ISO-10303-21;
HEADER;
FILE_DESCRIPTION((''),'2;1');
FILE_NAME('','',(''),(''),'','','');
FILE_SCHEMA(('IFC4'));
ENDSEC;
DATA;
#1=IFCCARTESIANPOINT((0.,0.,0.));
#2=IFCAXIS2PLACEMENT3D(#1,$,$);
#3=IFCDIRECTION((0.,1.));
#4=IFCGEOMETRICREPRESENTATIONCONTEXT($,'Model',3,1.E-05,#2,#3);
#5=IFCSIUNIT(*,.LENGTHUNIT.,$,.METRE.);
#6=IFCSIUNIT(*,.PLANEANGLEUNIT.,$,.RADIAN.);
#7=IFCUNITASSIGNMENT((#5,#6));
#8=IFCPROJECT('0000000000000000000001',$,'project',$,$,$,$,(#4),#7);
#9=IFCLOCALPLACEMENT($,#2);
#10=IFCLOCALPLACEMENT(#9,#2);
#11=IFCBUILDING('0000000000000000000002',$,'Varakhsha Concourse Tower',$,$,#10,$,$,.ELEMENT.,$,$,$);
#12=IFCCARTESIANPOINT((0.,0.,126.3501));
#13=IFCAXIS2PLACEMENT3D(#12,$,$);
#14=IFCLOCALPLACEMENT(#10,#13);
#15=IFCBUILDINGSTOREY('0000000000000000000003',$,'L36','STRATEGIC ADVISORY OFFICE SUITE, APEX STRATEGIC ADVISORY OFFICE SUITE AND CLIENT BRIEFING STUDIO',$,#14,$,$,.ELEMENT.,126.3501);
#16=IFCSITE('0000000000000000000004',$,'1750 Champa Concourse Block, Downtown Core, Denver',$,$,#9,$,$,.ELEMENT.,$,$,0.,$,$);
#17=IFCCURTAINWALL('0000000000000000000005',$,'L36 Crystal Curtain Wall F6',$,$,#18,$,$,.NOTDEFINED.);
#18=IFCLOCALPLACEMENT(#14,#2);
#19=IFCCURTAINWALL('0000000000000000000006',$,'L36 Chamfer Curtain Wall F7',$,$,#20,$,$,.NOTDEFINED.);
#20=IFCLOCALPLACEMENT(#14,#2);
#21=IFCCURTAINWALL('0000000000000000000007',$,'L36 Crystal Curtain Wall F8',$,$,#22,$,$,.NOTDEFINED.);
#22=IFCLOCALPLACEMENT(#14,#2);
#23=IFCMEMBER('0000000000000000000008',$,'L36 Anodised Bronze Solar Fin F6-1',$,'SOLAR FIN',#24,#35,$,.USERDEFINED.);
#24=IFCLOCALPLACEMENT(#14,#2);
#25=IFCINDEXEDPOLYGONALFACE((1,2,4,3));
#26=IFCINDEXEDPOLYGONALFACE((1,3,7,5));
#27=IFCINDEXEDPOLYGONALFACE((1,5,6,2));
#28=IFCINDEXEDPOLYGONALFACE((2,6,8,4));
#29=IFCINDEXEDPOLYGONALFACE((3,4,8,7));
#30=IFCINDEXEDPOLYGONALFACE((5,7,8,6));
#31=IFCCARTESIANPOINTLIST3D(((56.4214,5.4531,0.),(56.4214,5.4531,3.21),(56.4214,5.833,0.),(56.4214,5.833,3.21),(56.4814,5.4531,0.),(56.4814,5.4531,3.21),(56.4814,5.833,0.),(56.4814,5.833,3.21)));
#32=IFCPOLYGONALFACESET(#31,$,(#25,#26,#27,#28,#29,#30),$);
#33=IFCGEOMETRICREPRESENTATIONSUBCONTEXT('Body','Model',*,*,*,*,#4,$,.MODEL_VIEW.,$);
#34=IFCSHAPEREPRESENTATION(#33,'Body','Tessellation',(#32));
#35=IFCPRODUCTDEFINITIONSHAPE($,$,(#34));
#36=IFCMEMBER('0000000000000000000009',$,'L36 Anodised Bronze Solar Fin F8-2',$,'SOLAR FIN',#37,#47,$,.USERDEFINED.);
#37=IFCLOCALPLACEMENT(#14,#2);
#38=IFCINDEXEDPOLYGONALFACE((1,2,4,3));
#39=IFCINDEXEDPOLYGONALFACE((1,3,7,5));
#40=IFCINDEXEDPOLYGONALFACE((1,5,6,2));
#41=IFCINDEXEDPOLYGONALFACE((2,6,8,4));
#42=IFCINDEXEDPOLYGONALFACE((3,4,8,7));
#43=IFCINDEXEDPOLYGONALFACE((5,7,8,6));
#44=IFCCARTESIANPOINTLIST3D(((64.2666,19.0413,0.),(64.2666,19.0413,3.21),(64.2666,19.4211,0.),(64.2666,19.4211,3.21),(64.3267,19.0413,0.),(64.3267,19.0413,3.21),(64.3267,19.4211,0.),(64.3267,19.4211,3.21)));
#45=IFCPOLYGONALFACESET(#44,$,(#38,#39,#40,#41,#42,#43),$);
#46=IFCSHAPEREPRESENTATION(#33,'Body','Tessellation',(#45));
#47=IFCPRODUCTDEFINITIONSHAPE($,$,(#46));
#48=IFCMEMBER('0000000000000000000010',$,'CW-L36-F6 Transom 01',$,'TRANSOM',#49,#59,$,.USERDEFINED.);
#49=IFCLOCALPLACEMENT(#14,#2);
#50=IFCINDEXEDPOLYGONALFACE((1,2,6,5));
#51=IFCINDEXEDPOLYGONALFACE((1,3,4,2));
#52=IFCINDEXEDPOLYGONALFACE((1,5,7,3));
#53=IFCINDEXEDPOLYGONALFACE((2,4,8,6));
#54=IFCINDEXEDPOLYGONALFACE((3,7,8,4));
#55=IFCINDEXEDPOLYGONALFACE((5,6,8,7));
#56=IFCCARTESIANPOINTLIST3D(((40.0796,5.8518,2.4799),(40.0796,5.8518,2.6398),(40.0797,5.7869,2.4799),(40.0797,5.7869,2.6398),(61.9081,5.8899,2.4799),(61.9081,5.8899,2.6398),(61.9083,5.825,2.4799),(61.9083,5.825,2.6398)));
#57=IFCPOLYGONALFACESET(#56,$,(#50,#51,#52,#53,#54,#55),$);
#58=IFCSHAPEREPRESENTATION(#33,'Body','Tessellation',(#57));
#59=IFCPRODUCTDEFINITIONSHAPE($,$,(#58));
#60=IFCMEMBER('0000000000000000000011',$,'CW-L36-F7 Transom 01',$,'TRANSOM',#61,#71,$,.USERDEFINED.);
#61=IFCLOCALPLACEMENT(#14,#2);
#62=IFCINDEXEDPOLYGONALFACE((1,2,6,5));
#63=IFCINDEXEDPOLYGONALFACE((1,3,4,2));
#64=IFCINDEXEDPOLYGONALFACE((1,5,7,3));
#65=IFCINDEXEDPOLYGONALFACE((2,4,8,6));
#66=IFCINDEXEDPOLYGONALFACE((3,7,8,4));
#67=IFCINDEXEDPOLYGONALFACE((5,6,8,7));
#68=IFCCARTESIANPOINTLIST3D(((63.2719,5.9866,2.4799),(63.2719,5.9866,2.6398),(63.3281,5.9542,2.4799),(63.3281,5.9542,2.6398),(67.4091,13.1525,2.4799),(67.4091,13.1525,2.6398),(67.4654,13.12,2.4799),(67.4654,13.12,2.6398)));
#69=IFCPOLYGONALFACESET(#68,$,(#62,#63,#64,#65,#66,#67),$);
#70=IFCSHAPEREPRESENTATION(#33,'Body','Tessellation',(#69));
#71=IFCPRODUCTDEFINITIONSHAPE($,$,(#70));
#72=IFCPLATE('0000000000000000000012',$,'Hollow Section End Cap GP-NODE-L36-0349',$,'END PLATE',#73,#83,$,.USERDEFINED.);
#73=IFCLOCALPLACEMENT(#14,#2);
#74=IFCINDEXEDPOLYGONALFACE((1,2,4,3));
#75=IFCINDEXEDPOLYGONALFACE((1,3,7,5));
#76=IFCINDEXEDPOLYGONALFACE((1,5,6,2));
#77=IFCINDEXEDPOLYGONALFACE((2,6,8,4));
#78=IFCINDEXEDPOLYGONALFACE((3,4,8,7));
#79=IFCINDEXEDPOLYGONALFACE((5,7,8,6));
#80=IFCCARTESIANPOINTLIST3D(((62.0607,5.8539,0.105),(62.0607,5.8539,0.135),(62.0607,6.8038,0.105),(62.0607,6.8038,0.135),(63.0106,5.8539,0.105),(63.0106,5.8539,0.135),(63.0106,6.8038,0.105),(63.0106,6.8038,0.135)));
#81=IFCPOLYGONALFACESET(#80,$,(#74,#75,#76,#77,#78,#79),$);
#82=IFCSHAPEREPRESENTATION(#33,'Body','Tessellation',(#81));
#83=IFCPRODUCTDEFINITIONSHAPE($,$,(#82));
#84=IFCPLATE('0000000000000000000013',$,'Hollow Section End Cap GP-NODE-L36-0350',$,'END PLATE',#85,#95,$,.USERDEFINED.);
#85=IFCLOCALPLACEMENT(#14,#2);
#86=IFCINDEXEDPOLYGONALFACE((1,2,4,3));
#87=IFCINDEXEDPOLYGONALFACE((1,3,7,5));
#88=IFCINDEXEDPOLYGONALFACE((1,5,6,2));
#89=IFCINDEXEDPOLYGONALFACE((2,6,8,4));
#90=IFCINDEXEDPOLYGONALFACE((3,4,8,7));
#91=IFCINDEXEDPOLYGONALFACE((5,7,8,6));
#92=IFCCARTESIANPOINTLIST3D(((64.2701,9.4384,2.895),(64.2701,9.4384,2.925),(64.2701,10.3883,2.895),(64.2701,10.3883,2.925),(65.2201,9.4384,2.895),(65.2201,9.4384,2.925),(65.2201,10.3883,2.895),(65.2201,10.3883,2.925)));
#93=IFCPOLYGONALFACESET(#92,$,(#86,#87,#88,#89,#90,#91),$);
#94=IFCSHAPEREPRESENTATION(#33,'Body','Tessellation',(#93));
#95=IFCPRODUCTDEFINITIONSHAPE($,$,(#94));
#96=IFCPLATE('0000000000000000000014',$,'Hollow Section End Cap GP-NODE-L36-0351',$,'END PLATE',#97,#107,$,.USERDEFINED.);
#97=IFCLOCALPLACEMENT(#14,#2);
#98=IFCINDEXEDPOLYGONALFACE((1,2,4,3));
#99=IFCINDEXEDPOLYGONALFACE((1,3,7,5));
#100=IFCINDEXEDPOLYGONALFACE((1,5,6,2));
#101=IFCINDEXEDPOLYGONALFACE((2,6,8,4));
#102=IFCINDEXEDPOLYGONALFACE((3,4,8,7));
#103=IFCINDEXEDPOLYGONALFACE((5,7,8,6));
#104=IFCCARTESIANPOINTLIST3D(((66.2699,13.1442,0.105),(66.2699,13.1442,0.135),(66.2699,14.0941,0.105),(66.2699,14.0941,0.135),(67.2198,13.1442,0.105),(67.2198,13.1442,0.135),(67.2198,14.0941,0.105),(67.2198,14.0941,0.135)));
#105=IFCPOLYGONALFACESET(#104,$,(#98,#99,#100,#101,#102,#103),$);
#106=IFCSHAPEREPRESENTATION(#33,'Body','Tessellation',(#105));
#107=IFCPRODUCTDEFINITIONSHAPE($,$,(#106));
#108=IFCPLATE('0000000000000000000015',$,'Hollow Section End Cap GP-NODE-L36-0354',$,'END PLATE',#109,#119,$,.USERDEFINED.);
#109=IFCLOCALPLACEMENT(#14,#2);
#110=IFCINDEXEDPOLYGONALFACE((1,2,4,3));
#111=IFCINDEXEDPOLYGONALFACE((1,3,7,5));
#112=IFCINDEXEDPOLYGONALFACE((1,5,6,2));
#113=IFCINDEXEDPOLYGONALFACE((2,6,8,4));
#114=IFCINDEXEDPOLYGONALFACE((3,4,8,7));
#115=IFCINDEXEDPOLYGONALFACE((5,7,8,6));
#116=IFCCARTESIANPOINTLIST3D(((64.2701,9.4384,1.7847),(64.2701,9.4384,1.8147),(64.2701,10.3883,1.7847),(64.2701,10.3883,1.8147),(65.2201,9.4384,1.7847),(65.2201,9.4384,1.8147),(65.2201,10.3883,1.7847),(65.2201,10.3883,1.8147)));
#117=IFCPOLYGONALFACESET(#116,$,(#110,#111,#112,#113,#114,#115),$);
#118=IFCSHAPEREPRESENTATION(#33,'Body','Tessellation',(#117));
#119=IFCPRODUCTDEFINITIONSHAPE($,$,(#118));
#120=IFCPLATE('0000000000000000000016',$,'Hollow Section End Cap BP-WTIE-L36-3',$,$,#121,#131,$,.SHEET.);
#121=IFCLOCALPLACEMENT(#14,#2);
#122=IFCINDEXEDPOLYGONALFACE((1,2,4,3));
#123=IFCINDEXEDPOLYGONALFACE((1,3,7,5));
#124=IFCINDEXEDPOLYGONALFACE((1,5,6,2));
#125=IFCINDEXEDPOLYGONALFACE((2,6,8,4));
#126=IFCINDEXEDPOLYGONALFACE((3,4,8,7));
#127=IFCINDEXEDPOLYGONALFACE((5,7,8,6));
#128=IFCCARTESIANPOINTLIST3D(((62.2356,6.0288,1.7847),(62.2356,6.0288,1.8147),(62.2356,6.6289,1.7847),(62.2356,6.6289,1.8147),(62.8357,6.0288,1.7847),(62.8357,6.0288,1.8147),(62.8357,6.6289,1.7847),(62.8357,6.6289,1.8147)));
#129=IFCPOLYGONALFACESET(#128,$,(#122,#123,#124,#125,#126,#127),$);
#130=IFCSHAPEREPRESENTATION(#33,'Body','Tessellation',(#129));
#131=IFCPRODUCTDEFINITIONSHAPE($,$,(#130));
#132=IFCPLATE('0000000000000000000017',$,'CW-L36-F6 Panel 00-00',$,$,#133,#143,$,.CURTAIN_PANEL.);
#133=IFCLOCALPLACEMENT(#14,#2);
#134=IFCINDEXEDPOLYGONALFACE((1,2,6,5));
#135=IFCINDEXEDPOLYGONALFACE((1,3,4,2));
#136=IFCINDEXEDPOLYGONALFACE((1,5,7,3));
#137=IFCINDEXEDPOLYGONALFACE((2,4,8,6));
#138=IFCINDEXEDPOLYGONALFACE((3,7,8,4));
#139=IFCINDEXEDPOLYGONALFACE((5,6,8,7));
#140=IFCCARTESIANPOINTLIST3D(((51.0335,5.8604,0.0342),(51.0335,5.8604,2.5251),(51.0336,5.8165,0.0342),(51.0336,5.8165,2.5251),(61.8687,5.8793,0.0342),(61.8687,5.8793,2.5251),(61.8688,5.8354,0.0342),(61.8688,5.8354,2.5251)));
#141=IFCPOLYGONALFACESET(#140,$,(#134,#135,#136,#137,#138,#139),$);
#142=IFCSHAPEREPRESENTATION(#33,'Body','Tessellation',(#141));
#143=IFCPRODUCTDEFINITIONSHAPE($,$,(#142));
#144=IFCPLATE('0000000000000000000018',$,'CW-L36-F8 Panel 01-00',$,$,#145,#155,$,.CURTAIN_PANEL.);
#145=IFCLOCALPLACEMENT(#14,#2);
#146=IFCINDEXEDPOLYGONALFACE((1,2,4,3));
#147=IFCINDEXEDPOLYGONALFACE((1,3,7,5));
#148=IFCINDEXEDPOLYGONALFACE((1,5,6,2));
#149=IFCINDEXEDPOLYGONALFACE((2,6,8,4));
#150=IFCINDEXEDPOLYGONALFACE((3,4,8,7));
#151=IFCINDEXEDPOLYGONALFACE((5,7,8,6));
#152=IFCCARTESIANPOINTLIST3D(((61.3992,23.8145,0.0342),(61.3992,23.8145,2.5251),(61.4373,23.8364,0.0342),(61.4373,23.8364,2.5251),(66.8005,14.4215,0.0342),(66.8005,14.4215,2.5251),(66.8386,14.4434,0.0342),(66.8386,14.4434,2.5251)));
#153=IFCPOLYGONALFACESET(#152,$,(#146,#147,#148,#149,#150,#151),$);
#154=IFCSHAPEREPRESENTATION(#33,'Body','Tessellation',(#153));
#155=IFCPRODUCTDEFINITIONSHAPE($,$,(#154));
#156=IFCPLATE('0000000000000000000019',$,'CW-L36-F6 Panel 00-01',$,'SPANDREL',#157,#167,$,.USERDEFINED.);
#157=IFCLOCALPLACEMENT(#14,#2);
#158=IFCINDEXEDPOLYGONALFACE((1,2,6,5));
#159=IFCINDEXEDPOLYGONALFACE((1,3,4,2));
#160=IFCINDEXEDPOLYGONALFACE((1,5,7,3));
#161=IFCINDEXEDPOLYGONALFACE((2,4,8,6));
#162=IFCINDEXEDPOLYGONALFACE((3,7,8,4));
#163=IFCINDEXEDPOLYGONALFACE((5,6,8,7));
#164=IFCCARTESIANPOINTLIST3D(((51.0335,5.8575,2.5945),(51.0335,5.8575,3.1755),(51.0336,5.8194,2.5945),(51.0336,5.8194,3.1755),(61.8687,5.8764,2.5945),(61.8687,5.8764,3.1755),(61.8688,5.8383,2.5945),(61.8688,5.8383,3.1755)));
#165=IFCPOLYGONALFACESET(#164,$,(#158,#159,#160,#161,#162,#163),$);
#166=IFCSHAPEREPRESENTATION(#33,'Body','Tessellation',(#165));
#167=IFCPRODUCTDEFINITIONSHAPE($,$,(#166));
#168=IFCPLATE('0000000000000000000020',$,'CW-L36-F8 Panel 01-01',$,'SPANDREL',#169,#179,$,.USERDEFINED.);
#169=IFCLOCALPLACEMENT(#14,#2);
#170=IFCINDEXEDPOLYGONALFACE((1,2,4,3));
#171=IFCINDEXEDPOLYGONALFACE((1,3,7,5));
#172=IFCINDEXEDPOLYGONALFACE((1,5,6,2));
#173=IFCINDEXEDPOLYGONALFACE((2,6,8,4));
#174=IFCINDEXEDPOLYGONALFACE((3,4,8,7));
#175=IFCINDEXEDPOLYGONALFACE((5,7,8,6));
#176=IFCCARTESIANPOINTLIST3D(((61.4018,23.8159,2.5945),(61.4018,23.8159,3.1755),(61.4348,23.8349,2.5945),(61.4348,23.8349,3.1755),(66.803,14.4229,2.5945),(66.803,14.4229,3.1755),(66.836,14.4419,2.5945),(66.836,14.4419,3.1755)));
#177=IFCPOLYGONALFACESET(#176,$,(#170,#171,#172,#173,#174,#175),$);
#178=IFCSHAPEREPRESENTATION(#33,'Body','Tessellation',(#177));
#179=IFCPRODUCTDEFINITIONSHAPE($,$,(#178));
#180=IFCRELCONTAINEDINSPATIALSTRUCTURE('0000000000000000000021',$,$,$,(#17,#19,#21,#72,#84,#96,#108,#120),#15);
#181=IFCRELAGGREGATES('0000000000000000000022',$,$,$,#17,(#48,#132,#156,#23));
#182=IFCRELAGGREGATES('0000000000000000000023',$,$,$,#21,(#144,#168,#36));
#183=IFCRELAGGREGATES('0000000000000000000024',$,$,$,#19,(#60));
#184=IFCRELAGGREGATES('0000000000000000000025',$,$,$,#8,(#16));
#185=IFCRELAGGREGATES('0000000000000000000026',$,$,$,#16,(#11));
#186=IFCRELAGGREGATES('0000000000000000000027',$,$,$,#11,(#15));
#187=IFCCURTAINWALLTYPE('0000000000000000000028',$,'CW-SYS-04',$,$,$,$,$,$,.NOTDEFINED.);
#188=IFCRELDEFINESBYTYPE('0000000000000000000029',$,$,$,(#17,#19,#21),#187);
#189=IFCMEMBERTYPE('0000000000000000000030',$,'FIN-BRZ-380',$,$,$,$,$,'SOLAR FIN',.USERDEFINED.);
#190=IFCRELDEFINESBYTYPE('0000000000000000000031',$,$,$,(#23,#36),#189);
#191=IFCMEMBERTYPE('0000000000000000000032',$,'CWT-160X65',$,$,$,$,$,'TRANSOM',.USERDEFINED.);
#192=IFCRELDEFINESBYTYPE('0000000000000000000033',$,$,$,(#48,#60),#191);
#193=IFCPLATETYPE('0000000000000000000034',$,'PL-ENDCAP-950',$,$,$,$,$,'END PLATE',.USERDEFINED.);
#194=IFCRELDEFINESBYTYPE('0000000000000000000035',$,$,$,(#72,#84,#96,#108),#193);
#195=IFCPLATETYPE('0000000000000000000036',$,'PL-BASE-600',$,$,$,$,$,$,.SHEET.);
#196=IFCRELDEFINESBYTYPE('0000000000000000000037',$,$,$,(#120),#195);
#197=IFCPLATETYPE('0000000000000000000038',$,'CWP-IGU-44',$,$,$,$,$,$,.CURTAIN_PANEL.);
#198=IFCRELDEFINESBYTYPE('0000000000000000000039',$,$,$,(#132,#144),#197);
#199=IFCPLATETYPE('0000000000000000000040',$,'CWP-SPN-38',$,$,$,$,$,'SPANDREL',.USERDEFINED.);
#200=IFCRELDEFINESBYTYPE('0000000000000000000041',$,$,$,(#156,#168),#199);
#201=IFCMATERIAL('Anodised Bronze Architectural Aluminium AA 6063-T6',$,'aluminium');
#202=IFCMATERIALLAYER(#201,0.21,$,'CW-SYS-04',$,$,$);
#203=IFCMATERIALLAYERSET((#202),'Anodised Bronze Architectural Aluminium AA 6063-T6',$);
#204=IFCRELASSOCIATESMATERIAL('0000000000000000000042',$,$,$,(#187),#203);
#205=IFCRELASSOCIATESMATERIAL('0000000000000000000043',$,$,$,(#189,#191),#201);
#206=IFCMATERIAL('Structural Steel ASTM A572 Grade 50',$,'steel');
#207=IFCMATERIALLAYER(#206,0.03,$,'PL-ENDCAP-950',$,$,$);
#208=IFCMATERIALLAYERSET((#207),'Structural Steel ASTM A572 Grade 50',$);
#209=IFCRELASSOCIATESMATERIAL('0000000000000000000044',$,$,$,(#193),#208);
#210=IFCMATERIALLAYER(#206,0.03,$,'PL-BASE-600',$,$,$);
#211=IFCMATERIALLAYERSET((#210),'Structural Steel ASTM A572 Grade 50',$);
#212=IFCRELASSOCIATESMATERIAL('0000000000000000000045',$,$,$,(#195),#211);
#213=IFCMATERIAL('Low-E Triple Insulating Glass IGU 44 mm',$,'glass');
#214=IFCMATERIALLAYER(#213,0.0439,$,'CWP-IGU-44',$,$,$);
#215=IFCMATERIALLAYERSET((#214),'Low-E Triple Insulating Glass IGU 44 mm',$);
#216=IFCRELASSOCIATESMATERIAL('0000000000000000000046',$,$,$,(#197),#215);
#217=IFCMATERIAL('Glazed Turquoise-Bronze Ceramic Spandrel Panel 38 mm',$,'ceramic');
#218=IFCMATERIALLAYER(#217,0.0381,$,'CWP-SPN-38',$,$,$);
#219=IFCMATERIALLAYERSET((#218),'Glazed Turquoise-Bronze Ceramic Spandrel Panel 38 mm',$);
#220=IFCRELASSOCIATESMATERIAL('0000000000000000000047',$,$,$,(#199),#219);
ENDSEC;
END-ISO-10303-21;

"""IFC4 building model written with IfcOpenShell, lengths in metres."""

from ifc_helpers import new_model, si_unit, direction, frame, origin, origin_2d, place, context, subcontext, project, spatial, rectangle, extrude, source, transform, mapped, material, layer, layer_set, material_profile, profile_set, type_object, type_shapes, element, aggregate, save


model = new_model("IFC4")

# Units and contexts
model_context = context("Model", 3, precision=1e-05, world=origin(), true_north=direction((0.0, 1.0)))
body_context = subcontext(model_context, "Body", "Model", "MODEL_VIEW")
ifc_project = project(units=[si_unit("LENGTHUNIT", "METRE"), si_unit("PLANEANGLEUNIT", "RADIAN")], contexts=[model_context])

# Site, building, storey
site_placement = place(None, origin())
site = spatial("IfcSite", under=ifc_project, at=site_placement, Name="1750 Champa Concourse Block, Downtown Core, Denver", CompositionType="ELEMENT", RefElevation=0.0)
building_placement = place(site_placement, origin())
building = spatial("IfcBuilding", under=site, at=building_placement, Name="Varakhsha Concourse Tower", CompositionType="ELEMENT")
storey_placement = place(building_placement, frame((0.0, 0.0, 126.3501)))
storey = spatial("IfcBuildingStorey", under=building, at=storey_placement, Name="L36", Description="STRATEGIC ADVISORY OFFICE SUITE, APEX STRATEGIC ADVISORY OFFICE SUITE AND CLIENT BRIEFING STUDIO", CompositionType="ELEMENT", Elevation=126.3501)

# Shared definitions
ifc_material_1 = material(Name="Structural Steel ASTM A572 Grade 50", Category="steel")

# Curtain wall
ifc_material_2 = material(Name="Anodised Bronze Architectural Aluminium AA 6063-T6", Category="aluminium")
ifc_layer_1 = layer(ifc_material_2, 0.21, Name="CW-SYS-04")
ifc_layer_set_1 = layer_set([ifc_layer_1], Name="Anodised Bronze Architectural Aluminium AA 6063-T6")
curtain_wall_type = type_object("IfcCurtainWallType", Name="CW-SYS-04", PredefinedType="NOTDEFINED", material=ifc_layer_set_1)
curtain_wall_1_placement = place(storey_placement, origin())
curtain_wall_1 = element("IfcCurtainWall", 1, at=curtain_wall_1_placement, inside=storey, type_object=curtain_wall_type, Name="L36 Crystal Curtain Wall F6", PredefinedType="NOTDEFINED")

# Curtain wall
curtain_wall_2_placement = place(storey_placement, origin())
curtain_wall_2 = element("IfcCurtainWall", 2, at=curtain_wall_2_placement, inside=storey, type_object=curtain_wall_type, Name="L36 Chamfer Curtain Wall F7", PredefinedType="NOTDEFINED")

# Curtain wall
curtain_wall_3_placement = place(storey_placement, origin())
curtain_wall_3 = element("IfcCurtainWall", 3, at=curtain_wall_3_placement, inside=storey, type_object=curtain_wall_type, Name="L36 Crystal Curtain Wall F8", PredefinedType="NOTDEFINED")

# Members
ifc_material_profile_1 = material_profile(ifc_material_2, rectangle(XDim=0.0601, YDim=0.3799, at=origin_2d()), Name="FIN-BRZ-380")
ifc_profile_set_1 = profile_set([ifc_material_profile_1], Name="Anodised Bronze Architectural Aluminium AA 6063-T6")
member_type_1 = type_object("IfcMemberType", Name="FIN-BRZ-380", ElementType="SOLAR FIN", PredefinedType="USERDEFINED", material=ifc_profile_set_1)
shared_shape_1 = source(origin(), body_context, "Body", "SweptSolid", [
    extrude(rectangle(XDim=0.0601, YDim=0.3799, at=origin_2d()), origin(), (0.0, 0.0, 1.0), 3.21),
])
type_shapes(member_type_1, [shared_shape_1])
member_1_placement = place(storey_placement, frame((56.4514, 5.6431, 0.0), z_axis=(0.0, 0.0, 1.0), x_axis=(1.0, 0.0, 0.0)))
member_1 = element("IfcMember", 4, at=member_1_placement, type_object=member_type_1, Name="L36 Anodised Bronze Solar Fin F6-1", ObjectType="SOLAR FIN", PredefinedType="USERDEFINED", context=body_context, shape_type="MappedRepresentation", body=[
    mapped(shared_shape_1, transform((0.0, 0.0, 0.0), scale=1.0)),
])
member_2_placement = place(storey_placement, frame((64.2966, 19.2312, 0.0), z_axis=(0.0, 0.0, 1.0), x_axis=(1.0, 0.0, 0.0)))
member_2 = element("IfcMember", 5, at=member_2_placement, type_object=member_type_1, Name="L36 Anodised Bronze Solar Fin F8-2", ObjectType="SOLAR FIN", PredefinedType="USERDEFINED", context=body_context, shape_type="MappedRepresentation", body=[
    mapped(shared_shape_1, transform((0.0, 0.0, 0.0), scale=1.0)),
])
ifc_material_profile_2 = material_profile(ifc_material_2, rectangle(XDim=0.0649, YDim=0.1599, at=origin_2d()), Name="CWT-160X65")
ifc_profile_set_2 = profile_set([ifc_material_profile_2], Name="Anodised Bronze Architectural Aluminium AA 6063-T6")
member_type_2 = type_object("IfcMemberType", Name="CWT-160X65", ElementType="TRANSOM", PredefinedType="USERDEFINED", material=ifc_profile_set_2)
shared_shape_2 = source(origin(), body_context, "Body", "SweptSolid", [
    extrude(rectangle(XDim=0.0649, YDim=0.1599, at=origin_2d()), origin(), (0.0, 0.0, 1.0), 21.8286),
])
member_3_placement = place(storey_placement, frame((61.9082, 5.8574, 2.5598), z_axis=(-0.999998, -0.001745, 0.0), x_axis=(0.001745, -0.999998, 0.0)))
member_3 = element("IfcMember", 6, at=member_3_placement, type_object=member_type_2, Name="CW-L36-F6 Transom 01", ObjectType="TRANSOM", PredefinedType="USERDEFINED", context=body_context, shape_type="MappedRepresentation", body=[
    mapped(shared_shape_2, transform((0.0, 0.0, 0.0), scale=1.0)),
])
shared_shape_3 = source(origin(), body_context, "Body", "SweptSolid", [
    extrude(rectangle(XDim=0.0649, YDim=0.1599, at=origin_2d()), origin(), (0.0, 0.0, 1.0), 8.2744),
])
type_shapes(member_type_2, [shared_shape_2, shared_shape_3])
member_4_placement = place(storey_placement, frame((67.4373, 13.1362, 2.5598), z_axis=(-0.500004, -0.866023, 0.0), x_axis=(0.866023, -0.500004, 0.0)))
member_4 = element("IfcMember", 7, at=member_4_placement, type_object=member_type_2, Name="CW-L36-F7 Transom 01", ObjectType="TRANSOM", PredefinedType="USERDEFINED", context=body_context, shape_type="MappedRepresentation", body=[
    mapped(shared_shape_3, transform((0.0, 0.0, 0.0), scale=1.0)),
])

# Plates
ifc_layer_2 = layer(ifc_material_1, 0.03, Name="PL-ENDCAP-950")
ifc_layer_set_2 = layer_set([ifc_layer_2], Name="Structural Steel ASTM A572 Grade 50")
plate_type_1 = type_object("IfcPlateType", Name="PL-ENDCAP-950", ElementType="END PLATE", PredefinedType="USERDEFINED", material=ifc_layer_set_2)
shared_shape_4 = source(origin(), body_context, "Body", "SweptSolid", [
    extrude(rectangle(XDim=0.95, YDim=0.95, at=origin_2d()), origin(), (0.0, 0.0, 1.0), 0.03),
])
type_shapes(plate_type_1, [shared_shape_4])
for number, where, z_axis, x_axis, name in (
    (8, (62.5356, 6.3289, 0.105), (0.0, 0.0, 1.0), (1.0, 0.0, 0.0), "Hollow Section End Cap GP-NODE-L36-0349"),
    (9, (64.7451, 9.9133, 2.895), (0.0, 0.0, 1.0), (1.0, 0.0, 0.0), "Hollow Section End Cap GP-NODE-L36-0350"),
    (10, (66.7449, 13.6191, 0.105), (0.0, 0.0, 1.0), (1.0, 0.0, 0.0), "Hollow Section End Cap GP-NODE-L36-0351"),
    (11, (64.7451, 9.9133, 1.7847), (0.0, 0.0, 1.0), (1.0, 0.0, 0.0), "Hollow Section End Cap GP-NODE-L36-0354"),
):
    element("IfcPlate", number, at=place(storey_placement, frame(where, z_axis=z_axis, x_axis=x_axis)), inside=storey, type_object=plate_type_1, Name=name, ObjectType="END PLATE", PredefinedType="USERDEFINED", context=body_context, shape_type="MappedRepresentation", body=[
        mapped(shared_shape_4, transform((0.0, 0.0, 0.0), scale=1.0)),
    ])
ifc_layer_3 = layer(ifc_material_1, 0.03, Name="PL-BASE-600")
ifc_layer_set_3 = layer_set([ifc_layer_3], Name="Structural Steel ASTM A572 Grade 50")
plate_type_2 = type_object("IfcPlateType", Name="PL-BASE-600", PredefinedType="SHEET", material=ifc_layer_set_3)
shared_shape_5 = source(origin(), body_context, "Body", "SweptSolid", [
    extrude(rectangle(XDim=0.6001, YDim=0.6001, at=origin_2d()), origin(), (0.0, 0.0, 1.0), 0.03),
])
type_shapes(plate_type_2, [shared_shape_5])
plate_1_placement = place(storey_placement, frame((62.5356, 6.3289, 1.7847), z_axis=(0.0, 0.0, 1.0), x_axis=(1.0, 0.0, 0.0)))
element("IfcPlate", 12, at=plate_1_placement, inside=storey, type_object=plate_type_2, Name="Hollow Section End Cap BP-WTIE-L36-3", PredefinedType="SHEET", context=body_context, shape_type="MappedRepresentation", body=[
    mapped(shared_shape_5, transform((0.0, 0.0, 0.0), scale=1.0)),
])

# Plates
ifc_material_3 = material(Name="Low-E Triple Insulating Glass IGU 44 mm", Category="glass")
ifc_layer_4 = layer(ifc_material_3, 0.0439, Name="CWP-IGU-44")
ifc_layer_set_4 = layer_set([ifc_layer_4], Name="Low-E Triple Insulating Glass IGU 44 mm")
plate_type_3 = type_object("IfcPlateType", Name="CWP-IGU-44", PredefinedType="CURTAIN_PANEL", material=ifc_layer_set_4)
shared_shape_6 = source(origin(), body_context, "Body", "SweptSolid", [
    extrude(rectangle(XDim=10.8352, YDim=0.0439, at=origin_2d()), origin(), (0.0, 0.0, 1.0), 2.491),
])
type_shapes(plate_type_3, [shared_shape_6])
plate_2_placement = place(storey_placement, frame((56.4512, 5.8479, 0.0342), z_axis=(0.0, 0.0, 1.0), x_axis=(-0.999998, -0.001745, 0.0)))
plate_2 = element("IfcPlate", 13, at=plate_2_placement, type_object=plate_type_3, Name="CW-L36-F6 Panel 00-00", PredefinedType="CURTAIN_PANEL", context=body_context, shape_type="MappedRepresentation", body=[
    mapped(shared_shape_6, transform((0.0, 0.0, 0.0), scale=1.0)),
])
plate_3_placement = place(storey_placement, frame((64.1189, 19.1289, 0.0342), z_axis=(0.0, 0.0, 1.0), x_axis=(0.498489, -0.866896, 0.0)))
plate_3 = element("IfcPlate", 14, at=plate_3_placement, type_object=plate_type_3, Name="CW-L36-F8 Panel 01-00", PredefinedType="CURTAIN_PANEL", context=body_context, shape_type="MappedRepresentation", body=[
    mapped(shared_shape_6, transform((0.0, 0.0, 0.0), scale=1.0)),
])
ifc_material_4 = material(Name="Glazed Turquoise-Bronze Ceramic Spandrel Panel 38 mm", Category="ceramic")
ifc_layer_5 = layer(ifc_material_4, 0.0381, Name="CWP-SPN-38")
ifc_layer_set_5 = layer_set([ifc_layer_5], Name="Glazed Turquoise-Bronze Ceramic Spandrel Panel 38 mm")
plate_type_4 = type_object("IfcPlateType", Name="CWP-SPN-38", ElementType="SPANDREL", PredefinedType="USERDEFINED", material=ifc_layer_set_5)
shared_shape_7 = source(origin(), body_context, "Body", "SweptSolid", [
    extrude(rectangle(XDim=10.8352, YDim=0.0381, at=origin_2d()), origin(), (0.0, 0.0, 1.0), 0.5811),
])
plate_4_placement = place(storey_placement, frame((56.4512, 5.8479, 2.5945), z_axis=(0.0, 0.0, 1.0), x_axis=(-0.999998, -0.001745, 0.0)))
plate_4 = element("IfcPlate", 15, at=plate_4_placement, type_object=plate_type_4, Name="CW-L36-F6 Panel 00-01", ObjectType="SPANDREL", PredefinedType="USERDEFINED", context=body_context, shape_type="MappedRepresentation", body=[
    mapped(shared_shape_7, transform((0.0, 0.0, 0.0), scale=1.0)),
])
aggregate(curtain_wall_1, [member_3, plate_2, plate_4, member_1])
plate_5_placement = place(storey_placement, frame((64.1189, 19.1289, 2.5945), z_axis=(0.0, 0.0, 1.0), x_axis=(0.498489, -0.866896, 0.0)))
plate_5 = element("IfcPlate", 16, at=plate_5_placement, type_object=plate_type_4, Name="CW-L36-F8 Panel 01-01", ObjectType="SPANDREL", PredefinedType="USERDEFINED", context=body_context, shape_type="MappedRepresentation", body=[
    mapped(shared_shape_7, transform((0.0, 0.0, 0.0), scale=1.0)),
])
aggregate(curtain_wall_3, [plate_3, plate_5, member_2])
aggregate(curtain_wall_2, [member_4])

save(model, "model.ifc")
